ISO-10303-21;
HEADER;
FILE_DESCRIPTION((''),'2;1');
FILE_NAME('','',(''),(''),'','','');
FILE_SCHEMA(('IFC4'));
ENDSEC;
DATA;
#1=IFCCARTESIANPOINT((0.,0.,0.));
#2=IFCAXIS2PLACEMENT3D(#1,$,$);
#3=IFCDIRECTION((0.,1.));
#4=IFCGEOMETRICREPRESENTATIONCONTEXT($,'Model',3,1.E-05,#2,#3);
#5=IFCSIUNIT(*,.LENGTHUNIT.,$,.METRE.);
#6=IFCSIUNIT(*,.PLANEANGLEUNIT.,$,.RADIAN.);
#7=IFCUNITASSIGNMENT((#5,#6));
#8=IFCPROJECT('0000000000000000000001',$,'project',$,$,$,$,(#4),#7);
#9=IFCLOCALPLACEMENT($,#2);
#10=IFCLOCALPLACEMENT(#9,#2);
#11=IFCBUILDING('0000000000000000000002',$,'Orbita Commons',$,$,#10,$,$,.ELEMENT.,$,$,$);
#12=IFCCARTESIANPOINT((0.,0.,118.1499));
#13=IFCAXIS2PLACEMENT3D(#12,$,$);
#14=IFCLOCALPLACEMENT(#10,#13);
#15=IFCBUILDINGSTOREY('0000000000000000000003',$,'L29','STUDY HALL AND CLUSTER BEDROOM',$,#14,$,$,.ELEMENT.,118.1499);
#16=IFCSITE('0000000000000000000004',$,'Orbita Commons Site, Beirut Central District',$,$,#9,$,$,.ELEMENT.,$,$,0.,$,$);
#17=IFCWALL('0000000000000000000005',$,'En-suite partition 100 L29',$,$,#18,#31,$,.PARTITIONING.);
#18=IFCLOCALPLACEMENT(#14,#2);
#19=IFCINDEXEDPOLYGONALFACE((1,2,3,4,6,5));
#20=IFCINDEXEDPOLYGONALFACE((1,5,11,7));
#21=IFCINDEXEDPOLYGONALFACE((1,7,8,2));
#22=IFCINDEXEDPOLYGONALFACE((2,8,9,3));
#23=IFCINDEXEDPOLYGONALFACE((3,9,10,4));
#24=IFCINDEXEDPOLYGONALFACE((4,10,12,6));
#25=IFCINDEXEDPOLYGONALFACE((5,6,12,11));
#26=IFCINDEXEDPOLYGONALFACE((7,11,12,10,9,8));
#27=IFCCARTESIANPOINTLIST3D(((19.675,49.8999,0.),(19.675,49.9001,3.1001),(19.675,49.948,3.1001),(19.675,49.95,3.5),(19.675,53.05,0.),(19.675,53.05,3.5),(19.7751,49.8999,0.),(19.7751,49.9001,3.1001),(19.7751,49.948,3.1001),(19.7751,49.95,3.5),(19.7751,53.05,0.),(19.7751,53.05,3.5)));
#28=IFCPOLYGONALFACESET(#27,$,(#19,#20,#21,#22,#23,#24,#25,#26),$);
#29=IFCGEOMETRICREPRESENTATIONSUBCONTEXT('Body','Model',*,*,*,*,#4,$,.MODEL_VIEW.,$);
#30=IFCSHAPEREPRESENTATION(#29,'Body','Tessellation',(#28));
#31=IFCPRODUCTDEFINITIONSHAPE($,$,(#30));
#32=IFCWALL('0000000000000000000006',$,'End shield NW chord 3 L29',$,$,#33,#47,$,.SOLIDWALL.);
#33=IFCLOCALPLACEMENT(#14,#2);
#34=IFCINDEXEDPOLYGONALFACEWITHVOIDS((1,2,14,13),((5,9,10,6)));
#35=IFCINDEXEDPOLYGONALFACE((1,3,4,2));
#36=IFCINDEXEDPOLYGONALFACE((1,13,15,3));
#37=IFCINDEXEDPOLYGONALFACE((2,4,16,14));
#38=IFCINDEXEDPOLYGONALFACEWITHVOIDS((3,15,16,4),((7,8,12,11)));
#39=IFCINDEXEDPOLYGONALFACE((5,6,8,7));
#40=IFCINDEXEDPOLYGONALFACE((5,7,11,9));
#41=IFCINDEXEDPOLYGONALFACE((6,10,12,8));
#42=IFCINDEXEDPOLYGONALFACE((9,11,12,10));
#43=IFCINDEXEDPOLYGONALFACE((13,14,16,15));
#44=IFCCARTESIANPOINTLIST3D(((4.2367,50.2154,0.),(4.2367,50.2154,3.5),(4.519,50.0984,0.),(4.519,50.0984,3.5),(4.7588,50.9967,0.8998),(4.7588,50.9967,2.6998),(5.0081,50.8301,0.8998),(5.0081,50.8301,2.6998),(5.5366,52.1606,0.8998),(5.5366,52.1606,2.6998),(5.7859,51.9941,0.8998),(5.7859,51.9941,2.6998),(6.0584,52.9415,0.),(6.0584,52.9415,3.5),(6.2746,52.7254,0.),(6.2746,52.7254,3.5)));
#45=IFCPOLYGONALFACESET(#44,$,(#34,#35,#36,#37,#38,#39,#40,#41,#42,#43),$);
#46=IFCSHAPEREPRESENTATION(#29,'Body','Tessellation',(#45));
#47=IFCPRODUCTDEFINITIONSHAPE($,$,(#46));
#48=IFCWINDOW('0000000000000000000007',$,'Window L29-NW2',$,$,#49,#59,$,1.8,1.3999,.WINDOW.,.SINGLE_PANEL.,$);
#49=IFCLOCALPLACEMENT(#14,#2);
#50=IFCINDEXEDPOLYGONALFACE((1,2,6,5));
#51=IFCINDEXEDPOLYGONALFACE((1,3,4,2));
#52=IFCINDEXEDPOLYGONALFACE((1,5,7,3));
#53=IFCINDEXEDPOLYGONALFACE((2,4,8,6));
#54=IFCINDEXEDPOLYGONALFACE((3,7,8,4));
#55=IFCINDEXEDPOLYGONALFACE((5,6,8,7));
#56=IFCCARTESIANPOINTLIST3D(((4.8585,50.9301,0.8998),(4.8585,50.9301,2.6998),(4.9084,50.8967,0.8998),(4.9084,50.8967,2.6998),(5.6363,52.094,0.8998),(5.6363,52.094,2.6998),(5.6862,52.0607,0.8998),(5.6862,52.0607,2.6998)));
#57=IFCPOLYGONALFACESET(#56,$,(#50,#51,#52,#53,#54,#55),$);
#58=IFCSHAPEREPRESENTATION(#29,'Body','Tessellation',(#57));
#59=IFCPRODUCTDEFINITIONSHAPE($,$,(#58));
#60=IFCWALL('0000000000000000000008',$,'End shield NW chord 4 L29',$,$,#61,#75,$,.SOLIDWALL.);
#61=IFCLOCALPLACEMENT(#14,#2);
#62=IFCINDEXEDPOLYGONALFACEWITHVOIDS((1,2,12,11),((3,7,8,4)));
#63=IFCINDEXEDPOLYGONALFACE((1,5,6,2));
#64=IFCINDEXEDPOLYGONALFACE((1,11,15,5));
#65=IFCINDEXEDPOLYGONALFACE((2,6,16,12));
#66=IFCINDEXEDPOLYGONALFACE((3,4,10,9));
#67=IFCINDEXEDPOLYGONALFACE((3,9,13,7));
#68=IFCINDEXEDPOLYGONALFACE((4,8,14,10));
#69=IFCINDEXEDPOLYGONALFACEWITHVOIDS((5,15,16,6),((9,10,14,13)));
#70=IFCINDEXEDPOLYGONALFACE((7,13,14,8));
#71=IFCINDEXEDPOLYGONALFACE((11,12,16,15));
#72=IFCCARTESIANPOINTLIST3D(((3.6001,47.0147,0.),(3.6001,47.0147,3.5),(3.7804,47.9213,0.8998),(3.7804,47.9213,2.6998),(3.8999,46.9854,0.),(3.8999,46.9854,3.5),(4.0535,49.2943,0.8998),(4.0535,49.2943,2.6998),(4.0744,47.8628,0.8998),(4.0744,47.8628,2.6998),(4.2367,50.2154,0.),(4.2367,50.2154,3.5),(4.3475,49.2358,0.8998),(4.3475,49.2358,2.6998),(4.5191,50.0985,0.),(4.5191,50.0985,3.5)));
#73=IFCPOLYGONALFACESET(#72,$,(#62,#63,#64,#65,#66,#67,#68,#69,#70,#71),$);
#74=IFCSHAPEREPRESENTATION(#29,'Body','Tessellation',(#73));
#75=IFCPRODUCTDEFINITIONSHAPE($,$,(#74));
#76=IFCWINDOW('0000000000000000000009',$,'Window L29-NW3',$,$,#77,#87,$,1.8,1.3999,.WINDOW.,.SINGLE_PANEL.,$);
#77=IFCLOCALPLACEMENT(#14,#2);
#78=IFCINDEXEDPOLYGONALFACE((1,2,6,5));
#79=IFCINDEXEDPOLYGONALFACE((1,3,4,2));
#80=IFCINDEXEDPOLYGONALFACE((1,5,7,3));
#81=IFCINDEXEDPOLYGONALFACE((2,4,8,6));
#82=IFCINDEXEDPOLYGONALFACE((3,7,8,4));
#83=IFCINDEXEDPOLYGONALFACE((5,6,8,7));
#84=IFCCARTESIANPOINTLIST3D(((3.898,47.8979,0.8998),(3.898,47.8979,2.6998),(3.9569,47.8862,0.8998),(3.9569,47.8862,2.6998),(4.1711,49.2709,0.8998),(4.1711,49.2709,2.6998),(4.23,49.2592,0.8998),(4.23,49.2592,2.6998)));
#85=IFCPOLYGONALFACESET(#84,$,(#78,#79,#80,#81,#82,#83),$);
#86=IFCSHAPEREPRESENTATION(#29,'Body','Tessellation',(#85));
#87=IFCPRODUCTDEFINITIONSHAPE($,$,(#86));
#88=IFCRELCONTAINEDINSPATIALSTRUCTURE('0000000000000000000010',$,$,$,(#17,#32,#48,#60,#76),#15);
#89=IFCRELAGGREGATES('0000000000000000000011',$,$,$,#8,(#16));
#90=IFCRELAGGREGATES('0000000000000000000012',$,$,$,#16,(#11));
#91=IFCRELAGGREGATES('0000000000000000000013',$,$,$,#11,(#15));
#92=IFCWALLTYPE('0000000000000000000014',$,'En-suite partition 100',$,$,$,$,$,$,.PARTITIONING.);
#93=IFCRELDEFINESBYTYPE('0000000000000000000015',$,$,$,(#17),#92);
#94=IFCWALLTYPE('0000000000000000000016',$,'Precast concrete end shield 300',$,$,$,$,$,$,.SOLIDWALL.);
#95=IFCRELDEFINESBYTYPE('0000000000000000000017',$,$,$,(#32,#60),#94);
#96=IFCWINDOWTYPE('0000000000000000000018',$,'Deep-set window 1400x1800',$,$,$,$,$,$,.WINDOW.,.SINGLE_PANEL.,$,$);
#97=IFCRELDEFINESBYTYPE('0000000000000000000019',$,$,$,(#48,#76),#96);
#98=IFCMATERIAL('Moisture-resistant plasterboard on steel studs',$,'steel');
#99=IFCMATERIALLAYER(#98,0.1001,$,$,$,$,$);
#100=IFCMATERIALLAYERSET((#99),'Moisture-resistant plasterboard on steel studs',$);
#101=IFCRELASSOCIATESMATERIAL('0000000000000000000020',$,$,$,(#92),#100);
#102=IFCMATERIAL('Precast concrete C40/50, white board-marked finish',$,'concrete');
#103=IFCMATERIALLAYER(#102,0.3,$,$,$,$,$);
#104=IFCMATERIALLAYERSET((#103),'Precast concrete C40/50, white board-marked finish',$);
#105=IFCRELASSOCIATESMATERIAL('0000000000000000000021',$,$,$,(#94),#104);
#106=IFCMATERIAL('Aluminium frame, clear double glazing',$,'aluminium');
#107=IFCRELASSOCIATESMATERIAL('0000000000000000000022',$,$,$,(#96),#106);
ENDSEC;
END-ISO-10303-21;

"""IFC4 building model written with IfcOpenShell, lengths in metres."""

from ifc_helpers import new_model, si_unit, direction, frame, frame_2d, origin, place, context, subcontext, project, spatial, polyline, rectangle, outline, extrude, material, layer, layer_set, type_object, element, fill, save


model = new_model("IFC4")

# Units and contexts
model_context = context("Model", 3, precision=1e-05, world=origin(), true_north=direction((0.0, 1.0)))
body_context = subcontext(model_context, "Body", "Model", "MODEL_VIEW")
ifc_project = project(units=[si_unit("LENGTHUNIT", "METRE"), si_unit("PLANEANGLEUNIT", "RADIAN")], contexts=[model_context])

# Site, building, storey
site_placement = place(None, origin())
site = spatial("IfcSite", under=ifc_project, at=site_placement, Name="Orbita Commons Site, Beirut Central District", CompositionType="ELEMENT", RefElevation=0.0)
building_placement = place(site_placement, origin())
building = spatial("IfcBuilding", under=site, at=building_placement, Name="Orbita Commons", CompositionType="ELEMENT")
storey_placement = place(building_placement, frame((0.0, 0.0, 118.1499)))
storey = spatial("IfcBuildingStorey", under=building, at=storey_placement, Name="L29", Description="STUDY HALL AND CLUSTER BEDROOM", CompositionType="ELEMENT", Elevation=118.1499)

# Wall
ifc_material_1 = material(Name="Moisture-resistant plasterboard on steel studs", Category="steel")
ifc_layer_1 = layer(ifc_material_1, 0.1001)
ifc_layer_set_1 = layer_set([ifc_layer_1], Name="Moisture-resistant plasterboard on steel studs")
wall_type_1 = type_object("IfcWallType", Name="En-suite partition 100", PredefinedType="PARTITIONING", material=ifc_layer_set_1)
for number, where, z_axis, x_axis, name in (
    (1, (19.7251, 53.05, 0.0), (0.0, 0.0, 1.0), (0.0, -1.0, 0.0), "En-suite partition 100 L29"),
):
    element("IfcWall", number, at=place(storey_placement, frame(where, z_axis=z_axis, x_axis=x_axis)), inside=storey, type_object=wall_type_1, Name=name, PredefinedType="PARTITIONING", context=body_context, shape_type="SweptSolid", body=[
        extrude(outline(polyline([(0.0, 0.0), (3.1501, 0.0), (3.1499, 3.1001), (3.1021, 3.1001), (3.1001, 3.5), (0.0, 3.5), (0.0, 0.0)])), frame((0.0, 0.05, 0.0), z_axis=(0.0, -1.0, 0.0), x_axis=(1.0, 0.0, 0.0)), (0.0, 0.0, 1.0), 0.1001),
    ])

# Walls, openings, windows
ifc_material_2 = material(Name="Precast concrete C40/50, white board-marked finish", Category="concrete")
ifc_layer_2 = layer(ifc_material_2, 0.3)
ifc_layer_set_2 = layer_set([ifc_layer_2], Name="Precast concrete C40/50, white board-marked finish")
wall_type_2 = type_object("IfcWallType", Name="Precast concrete end shield 300", PredefinedType="SOLIDWALL", material=ifc_layer_set_2)
wall_1_placement = place(storey_placement, frame((6.1665, 52.8335, 0.0), z_axis=(0.0, 0.0, 1.0), x_axis=(-0.55561, -0.831443, 0.0)))
wall_1 = element("IfcWall", 2, at=wall_1_placement, inside=storey, type_object=wall_type_2, Name="End shield NW chord 3 L29", PredefinedType="SOLIDWALL", context=body_context, shape_type="SweptSolid", body=[
    extrude(outline(polyline([(-0.0298, -0.1499), (3.249, -0.1499), (3.1895, 0.1499), (0.0298, 0.1499), (-0.0298, -0.1499)])), origin(), (0.0, 0.0, 1.0), 3.5),
])
opening_1_placement = place(wall_1_placement, frame((0.9094, 0.0, 0.8999)))
opening_1 = element("IfcOpeningElement", 3, at=opening_1_placement, cuts=wall_1, PredefinedType="OPENING", context=body_context, shape_type="SweptSolid", body=[
    extrude(rectangle(XDim=1.3999, YDim=1.8, at=frame_2d((0.7, 0.8999))), frame((0.0, 0.1599, 0.0), z_axis=(0.0, -1.0, 0.0), x_axis=(1.0, 0.0, 0.0)), (0.0, 0.0, 1.0), 0.3201),
])
ifc_material_3 = material(Name="Aluminium frame, clear double glazing", Category="aluminium")
window_type = type_object("IfcWindowType", Name="Deep-set window 1400x1800", PartitioningType="SINGLE_PANEL", PredefinedType="WINDOW", material=ifc_material_3)
window_1_placement = place(opening_1_placement, origin())
window_1 = element("IfcWindow", 4, at=window_1_placement, inside=storey, type_object=window_type, Name="Window L29-NW2", OverallHeight=1.8, OverallWidth=1.3999, PartitioningType="SINGLE_PANEL", PredefinedType="WINDOW", context=body_context, shape_type="SweptSolid", body=[
    extrude(rectangle(XDim=1.3999, YDim=1.8, at=frame_2d((0.7, 0.8999))), frame((0.0, 0.03, 0.0), z_axis=(0.0, -1.0, 0.0), x_axis=(1.0, 0.0, 0.0)), (0.0, 0.0, 1.0), 0.0601),
])
fill(opening_1, window_1)
wall_2_placement = place(storey_placement, frame((4.3779, 50.157, 0.0), z_axis=(0.0, 0.0, 1.0), x_axis=(-0.19508, -0.980787, 0.0)))
wall_2 = element("IfcWall", 5, at=wall_2_placement, inside=storey, type_object=wall_type_2, Name="End shield NW chord 4 L29", PredefinedType="SOLIDWALL", context=body_context, shape_type="SweptSolid", body=[
    extrude(outline(polyline([(-0.0298, -0.1499), (3.2336, -0.1499), (3.2039, 0.1499), (0.0298, 0.1499), (-0.0298, -0.1499)])), origin(), (0.0, 0.0, 1.0), 3.5),
])
opening_2_placement = place(wall_2_placement, frame((0.9094, 0.0, 0.8999)))
opening_2 = element("IfcOpeningElement", 6, at=opening_2_placement, cuts=wall_2, PredefinedType="OPENING", context=body_context, shape_type="SweptSolid", body=[
    extrude(rectangle(XDim=1.3999, YDim=1.8, at=frame_2d((0.7, 0.8999))), frame((0.0, 0.1599, 0.0), z_axis=(0.0, -1.0, 0.0), x_axis=(1.0, 0.0, 0.0)), (0.0, 0.0, 1.0), 0.3201),
])
window_2_placement = place(opening_2_placement, origin())
window_2 = element("IfcWindow", 7, at=window_2_placement, inside=storey, type_object=window_type, Name="Window L29-NW3", OverallHeight=1.8, OverallWidth=1.3999, PartitioningType="SINGLE_PANEL", PredefinedType="WINDOW", context=body_context, shape_type="SweptSolid", body=[
    extrude(rectangle(XDim=1.3999, YDim=1.8, at=frame_2d((0.7, 0.8999))), frame((0.0, 0.03, 0.0), z_axis=(0.0, -1.0, 0.0), x_axis=(1.0, 0.0, 0.0)), (0.0, 0.0, 1.0), 0.0601),
])
fill(opening_2, window_2)

save(model, "model.ifc")
